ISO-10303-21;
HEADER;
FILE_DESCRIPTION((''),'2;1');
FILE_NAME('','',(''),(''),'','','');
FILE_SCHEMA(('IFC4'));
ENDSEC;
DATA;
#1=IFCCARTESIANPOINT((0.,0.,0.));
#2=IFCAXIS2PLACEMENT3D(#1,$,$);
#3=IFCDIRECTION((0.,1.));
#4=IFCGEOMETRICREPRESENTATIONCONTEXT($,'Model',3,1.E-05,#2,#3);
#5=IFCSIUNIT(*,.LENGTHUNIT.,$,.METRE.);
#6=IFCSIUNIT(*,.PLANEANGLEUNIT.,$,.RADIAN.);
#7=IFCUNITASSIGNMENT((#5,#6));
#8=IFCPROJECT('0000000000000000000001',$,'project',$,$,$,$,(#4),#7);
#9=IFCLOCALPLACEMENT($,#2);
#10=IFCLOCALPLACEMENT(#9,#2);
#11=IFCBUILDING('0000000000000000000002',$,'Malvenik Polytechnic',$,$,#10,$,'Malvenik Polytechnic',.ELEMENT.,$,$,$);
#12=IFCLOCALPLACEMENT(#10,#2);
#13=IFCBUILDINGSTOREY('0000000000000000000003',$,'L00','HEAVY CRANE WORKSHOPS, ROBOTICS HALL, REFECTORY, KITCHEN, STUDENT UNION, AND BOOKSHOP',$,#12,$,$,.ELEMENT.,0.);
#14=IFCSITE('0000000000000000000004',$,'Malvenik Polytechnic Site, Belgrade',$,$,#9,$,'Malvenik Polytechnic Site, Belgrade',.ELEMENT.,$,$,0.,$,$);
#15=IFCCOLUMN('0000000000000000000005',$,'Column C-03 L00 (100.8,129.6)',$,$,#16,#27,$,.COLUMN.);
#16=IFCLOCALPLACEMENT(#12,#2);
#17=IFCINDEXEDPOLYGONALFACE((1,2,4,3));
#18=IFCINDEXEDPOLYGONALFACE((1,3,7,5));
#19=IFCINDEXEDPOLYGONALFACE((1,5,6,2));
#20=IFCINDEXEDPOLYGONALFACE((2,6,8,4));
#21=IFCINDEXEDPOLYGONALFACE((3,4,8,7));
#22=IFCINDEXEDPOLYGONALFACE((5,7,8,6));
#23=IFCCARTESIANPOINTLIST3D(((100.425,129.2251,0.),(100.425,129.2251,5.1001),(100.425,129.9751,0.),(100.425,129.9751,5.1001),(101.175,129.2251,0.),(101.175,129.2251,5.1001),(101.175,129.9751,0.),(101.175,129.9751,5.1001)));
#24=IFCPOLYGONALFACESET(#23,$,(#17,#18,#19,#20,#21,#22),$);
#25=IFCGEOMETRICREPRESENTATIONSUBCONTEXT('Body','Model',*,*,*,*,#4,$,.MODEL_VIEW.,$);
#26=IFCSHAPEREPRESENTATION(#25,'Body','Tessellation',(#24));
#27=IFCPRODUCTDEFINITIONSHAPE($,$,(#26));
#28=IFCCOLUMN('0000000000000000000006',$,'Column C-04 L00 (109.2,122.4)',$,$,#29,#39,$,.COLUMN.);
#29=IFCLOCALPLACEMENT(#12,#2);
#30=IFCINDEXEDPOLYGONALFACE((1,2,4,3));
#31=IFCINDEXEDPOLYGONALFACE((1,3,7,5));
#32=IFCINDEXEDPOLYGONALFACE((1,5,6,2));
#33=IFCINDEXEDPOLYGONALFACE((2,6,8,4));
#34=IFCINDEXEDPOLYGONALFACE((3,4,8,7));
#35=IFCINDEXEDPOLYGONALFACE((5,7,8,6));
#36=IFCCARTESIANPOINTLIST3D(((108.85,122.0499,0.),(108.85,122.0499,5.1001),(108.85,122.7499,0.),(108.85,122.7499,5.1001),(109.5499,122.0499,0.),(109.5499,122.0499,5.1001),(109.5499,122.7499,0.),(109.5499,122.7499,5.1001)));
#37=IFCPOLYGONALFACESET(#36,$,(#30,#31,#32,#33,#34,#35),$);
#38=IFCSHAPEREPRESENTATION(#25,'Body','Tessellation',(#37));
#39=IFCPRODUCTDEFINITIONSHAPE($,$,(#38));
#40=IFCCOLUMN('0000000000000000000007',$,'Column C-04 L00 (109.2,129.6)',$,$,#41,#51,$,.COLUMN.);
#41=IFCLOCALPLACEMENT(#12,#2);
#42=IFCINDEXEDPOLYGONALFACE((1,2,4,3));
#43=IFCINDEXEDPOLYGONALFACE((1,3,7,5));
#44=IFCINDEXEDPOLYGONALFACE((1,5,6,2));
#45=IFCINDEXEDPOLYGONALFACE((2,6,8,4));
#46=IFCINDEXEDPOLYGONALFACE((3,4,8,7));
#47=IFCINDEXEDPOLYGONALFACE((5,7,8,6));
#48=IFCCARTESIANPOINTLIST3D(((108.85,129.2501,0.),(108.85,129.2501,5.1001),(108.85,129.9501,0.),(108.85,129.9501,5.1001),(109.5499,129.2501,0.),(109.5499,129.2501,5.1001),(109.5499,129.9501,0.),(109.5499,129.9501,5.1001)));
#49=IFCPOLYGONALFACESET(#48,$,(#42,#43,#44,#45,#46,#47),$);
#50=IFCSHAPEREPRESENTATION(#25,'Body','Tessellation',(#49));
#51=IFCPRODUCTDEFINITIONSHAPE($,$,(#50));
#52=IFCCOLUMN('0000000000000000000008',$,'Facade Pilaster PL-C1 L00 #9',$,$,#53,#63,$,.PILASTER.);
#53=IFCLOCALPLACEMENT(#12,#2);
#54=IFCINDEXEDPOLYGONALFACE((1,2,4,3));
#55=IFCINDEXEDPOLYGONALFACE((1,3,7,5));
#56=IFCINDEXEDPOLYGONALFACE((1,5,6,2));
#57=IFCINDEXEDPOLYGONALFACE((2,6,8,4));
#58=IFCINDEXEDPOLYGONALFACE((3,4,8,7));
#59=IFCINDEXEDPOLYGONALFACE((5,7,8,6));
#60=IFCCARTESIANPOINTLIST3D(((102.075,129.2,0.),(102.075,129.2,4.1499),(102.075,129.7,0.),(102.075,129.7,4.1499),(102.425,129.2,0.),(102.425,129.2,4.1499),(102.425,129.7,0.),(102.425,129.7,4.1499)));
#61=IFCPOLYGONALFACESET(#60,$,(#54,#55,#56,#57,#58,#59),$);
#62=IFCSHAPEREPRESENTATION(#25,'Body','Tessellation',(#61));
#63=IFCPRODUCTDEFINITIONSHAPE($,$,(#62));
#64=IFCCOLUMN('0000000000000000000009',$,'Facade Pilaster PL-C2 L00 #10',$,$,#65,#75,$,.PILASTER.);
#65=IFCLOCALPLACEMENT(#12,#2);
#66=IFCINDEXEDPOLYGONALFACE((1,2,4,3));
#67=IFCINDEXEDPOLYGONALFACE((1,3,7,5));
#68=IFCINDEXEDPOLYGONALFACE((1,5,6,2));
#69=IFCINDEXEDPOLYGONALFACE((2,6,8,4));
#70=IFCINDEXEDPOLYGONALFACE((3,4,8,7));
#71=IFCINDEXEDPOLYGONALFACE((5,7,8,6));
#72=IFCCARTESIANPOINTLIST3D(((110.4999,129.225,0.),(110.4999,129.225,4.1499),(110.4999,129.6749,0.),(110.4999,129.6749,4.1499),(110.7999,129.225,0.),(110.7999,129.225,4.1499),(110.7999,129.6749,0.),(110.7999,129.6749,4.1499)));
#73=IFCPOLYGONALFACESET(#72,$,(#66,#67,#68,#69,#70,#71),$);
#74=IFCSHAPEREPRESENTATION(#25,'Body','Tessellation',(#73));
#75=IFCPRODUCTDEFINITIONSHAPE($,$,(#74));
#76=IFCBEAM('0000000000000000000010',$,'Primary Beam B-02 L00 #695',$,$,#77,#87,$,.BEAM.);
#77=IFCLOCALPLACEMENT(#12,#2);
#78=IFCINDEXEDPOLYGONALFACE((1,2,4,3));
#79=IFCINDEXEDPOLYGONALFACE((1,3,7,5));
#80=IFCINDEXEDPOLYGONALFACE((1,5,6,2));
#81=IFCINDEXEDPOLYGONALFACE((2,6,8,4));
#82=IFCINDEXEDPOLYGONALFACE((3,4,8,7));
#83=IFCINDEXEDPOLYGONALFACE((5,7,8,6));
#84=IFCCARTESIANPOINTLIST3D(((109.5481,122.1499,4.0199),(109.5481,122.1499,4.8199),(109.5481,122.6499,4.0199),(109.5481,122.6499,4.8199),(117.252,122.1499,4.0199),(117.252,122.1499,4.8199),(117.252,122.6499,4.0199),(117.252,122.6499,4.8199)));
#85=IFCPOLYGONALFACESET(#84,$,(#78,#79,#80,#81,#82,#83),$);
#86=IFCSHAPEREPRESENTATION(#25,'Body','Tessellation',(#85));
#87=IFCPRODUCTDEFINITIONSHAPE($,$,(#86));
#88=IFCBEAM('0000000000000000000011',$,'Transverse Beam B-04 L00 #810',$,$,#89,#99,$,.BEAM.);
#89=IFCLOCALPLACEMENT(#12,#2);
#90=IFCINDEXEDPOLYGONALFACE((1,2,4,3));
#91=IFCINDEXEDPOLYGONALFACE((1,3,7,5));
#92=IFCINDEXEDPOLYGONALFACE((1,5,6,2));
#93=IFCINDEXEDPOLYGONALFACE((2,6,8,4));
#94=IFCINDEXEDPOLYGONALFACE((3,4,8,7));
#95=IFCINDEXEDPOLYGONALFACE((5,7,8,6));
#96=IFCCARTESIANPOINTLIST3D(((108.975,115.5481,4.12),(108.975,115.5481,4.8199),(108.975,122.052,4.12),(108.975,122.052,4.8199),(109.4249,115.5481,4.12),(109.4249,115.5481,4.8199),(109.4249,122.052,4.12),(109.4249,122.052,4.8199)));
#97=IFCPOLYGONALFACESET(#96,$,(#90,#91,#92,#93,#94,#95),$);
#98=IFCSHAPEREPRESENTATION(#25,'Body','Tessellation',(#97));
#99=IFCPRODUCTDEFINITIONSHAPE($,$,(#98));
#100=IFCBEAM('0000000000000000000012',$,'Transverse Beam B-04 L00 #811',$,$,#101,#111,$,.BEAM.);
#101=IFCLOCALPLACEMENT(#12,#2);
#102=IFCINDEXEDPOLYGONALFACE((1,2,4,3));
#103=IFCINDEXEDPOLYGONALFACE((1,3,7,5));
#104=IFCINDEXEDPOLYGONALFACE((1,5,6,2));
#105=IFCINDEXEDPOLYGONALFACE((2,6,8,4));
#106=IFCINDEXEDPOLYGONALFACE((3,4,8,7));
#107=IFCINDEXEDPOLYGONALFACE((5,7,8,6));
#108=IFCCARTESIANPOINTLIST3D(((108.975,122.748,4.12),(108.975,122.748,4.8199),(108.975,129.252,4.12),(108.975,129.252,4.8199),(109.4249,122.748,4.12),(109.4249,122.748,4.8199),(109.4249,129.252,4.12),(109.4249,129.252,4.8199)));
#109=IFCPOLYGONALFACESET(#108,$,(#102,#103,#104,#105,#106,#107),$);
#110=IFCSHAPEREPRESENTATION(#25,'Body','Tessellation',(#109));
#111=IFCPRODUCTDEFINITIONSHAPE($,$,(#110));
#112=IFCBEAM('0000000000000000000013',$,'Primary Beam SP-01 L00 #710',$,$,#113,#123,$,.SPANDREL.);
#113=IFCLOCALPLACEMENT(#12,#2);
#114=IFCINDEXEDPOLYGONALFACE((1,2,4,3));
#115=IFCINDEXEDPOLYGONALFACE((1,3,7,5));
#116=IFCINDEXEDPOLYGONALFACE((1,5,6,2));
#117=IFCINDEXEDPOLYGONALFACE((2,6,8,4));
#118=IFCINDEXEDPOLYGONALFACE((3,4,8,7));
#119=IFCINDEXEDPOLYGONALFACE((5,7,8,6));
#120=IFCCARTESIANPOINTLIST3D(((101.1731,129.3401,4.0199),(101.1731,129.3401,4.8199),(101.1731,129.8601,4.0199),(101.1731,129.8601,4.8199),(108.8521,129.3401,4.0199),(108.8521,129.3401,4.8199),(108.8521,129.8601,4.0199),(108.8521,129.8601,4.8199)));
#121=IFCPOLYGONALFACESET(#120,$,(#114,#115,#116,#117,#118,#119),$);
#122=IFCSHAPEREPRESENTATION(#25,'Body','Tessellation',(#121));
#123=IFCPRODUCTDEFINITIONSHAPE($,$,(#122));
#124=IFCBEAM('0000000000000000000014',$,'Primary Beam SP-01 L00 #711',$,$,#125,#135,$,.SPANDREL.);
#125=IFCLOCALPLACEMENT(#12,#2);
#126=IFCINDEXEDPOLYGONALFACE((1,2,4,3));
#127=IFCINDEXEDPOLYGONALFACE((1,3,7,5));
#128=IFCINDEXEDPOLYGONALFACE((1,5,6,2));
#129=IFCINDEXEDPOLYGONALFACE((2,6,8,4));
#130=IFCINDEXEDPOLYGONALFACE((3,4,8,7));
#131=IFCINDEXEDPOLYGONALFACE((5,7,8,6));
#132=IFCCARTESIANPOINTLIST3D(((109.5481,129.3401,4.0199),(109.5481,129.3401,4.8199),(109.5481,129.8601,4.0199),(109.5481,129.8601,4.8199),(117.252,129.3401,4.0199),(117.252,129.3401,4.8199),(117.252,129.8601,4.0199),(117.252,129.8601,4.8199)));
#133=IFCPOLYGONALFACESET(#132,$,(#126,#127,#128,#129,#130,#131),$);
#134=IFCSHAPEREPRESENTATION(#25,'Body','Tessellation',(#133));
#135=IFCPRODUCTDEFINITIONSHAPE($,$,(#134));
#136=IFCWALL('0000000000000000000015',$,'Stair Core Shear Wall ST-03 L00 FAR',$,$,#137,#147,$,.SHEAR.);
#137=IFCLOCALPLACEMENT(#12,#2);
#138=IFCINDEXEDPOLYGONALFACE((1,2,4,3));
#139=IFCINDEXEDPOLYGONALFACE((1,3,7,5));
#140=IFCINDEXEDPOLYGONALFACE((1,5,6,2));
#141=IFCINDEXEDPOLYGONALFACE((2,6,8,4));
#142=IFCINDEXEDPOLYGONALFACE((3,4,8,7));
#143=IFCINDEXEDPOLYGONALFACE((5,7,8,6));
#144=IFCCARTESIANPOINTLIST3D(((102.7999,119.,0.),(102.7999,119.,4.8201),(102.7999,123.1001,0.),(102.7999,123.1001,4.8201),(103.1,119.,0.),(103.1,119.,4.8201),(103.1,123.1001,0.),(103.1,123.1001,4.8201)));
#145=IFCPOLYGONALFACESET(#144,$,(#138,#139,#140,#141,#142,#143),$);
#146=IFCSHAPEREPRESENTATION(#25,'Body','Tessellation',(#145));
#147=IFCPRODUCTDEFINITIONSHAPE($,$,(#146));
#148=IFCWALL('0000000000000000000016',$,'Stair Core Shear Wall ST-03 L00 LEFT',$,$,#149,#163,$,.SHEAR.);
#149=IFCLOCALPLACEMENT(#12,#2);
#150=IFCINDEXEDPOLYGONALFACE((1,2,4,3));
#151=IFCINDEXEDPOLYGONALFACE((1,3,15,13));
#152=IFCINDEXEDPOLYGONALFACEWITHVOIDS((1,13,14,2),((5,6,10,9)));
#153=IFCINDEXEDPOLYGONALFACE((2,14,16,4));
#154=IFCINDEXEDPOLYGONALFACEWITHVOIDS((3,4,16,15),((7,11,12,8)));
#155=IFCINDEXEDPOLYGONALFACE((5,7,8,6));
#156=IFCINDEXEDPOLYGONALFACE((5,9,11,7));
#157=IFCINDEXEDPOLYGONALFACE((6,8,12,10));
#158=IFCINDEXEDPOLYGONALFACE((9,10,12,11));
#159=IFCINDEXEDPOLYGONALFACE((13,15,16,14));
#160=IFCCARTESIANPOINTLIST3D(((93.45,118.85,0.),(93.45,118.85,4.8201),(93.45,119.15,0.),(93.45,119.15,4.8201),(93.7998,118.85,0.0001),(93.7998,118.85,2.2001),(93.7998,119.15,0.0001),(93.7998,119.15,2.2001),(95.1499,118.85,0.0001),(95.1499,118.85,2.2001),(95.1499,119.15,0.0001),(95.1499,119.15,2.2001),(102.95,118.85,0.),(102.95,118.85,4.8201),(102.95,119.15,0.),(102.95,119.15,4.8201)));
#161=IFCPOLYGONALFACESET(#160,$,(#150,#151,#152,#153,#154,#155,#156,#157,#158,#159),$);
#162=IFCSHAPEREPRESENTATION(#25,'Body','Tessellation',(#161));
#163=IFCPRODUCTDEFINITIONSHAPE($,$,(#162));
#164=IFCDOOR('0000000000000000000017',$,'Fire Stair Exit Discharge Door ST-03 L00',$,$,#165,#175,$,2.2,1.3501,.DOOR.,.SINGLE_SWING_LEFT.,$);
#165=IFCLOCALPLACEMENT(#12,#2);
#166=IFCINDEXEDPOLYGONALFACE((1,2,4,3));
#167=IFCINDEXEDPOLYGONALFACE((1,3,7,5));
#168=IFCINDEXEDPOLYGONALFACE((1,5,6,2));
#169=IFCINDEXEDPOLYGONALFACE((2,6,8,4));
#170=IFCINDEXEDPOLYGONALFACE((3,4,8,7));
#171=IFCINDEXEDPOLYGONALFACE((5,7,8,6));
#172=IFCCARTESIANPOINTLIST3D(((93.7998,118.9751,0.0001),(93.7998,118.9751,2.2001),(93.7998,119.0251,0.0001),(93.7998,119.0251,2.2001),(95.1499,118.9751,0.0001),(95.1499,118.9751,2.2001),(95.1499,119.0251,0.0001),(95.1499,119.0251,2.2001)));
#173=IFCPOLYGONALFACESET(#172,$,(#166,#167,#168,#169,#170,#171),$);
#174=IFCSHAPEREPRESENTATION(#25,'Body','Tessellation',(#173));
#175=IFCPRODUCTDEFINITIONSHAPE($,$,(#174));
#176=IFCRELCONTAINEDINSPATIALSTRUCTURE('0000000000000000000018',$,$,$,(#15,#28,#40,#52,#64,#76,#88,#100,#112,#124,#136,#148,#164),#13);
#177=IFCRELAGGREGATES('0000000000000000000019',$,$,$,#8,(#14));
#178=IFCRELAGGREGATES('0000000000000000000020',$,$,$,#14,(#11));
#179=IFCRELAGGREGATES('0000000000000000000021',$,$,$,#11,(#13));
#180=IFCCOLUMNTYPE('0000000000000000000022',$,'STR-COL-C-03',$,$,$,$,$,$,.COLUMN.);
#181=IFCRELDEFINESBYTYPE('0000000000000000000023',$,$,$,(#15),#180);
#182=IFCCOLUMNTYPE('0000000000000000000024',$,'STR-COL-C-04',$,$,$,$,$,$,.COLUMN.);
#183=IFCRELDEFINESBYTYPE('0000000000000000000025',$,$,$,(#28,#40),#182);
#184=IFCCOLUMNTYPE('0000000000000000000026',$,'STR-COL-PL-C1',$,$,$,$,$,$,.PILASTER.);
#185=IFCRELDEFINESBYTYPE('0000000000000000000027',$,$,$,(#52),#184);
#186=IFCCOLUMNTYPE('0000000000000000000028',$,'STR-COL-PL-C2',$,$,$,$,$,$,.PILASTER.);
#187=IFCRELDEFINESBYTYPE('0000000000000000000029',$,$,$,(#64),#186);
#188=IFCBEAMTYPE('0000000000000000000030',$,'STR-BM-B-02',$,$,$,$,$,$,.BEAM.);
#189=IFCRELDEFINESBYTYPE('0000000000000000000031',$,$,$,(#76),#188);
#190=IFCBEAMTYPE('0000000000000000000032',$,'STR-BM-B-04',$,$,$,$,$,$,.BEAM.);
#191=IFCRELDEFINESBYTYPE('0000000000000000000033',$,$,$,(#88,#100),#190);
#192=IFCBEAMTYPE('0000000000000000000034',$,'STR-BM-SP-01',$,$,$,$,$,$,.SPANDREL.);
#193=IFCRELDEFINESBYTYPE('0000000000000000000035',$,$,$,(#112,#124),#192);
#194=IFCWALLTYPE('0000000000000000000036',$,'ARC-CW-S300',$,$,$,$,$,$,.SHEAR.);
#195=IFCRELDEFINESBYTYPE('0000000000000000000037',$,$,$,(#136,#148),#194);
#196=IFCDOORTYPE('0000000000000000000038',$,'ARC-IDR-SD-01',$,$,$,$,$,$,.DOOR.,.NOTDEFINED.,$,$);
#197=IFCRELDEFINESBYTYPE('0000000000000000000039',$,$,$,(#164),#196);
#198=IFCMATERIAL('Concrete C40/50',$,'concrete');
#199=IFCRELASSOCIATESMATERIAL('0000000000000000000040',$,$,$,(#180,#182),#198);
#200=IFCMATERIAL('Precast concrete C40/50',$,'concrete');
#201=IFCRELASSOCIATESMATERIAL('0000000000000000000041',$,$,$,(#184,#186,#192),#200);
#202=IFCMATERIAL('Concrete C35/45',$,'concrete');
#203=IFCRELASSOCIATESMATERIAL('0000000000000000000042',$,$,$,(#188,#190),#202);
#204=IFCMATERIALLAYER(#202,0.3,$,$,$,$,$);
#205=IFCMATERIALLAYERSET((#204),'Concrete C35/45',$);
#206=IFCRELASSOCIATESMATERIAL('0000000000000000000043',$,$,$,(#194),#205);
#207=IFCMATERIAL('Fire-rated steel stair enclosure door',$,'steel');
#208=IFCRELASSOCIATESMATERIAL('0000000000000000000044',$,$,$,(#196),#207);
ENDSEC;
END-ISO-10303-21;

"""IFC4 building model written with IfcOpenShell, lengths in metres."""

from ifc_helpers import new_model, si_unit, direction, frame, frame_2d, origin, origin_2d, place, context, subcontext, project, spatial, rectangle, extrude, material, layer, layer_set, material_profile, profile_set, type_object, element, fill, save


model = new_model("IFC4")

# Units and contexts
model_context = context("Model", 3, precision=1e-05, world=origin(), true_north=direction((0.0, 1.0)))
body_context = subcontext(model_context, "Body", "Model", "MODEL_VIEW")
ifc_project = project(units=[si_unit("LENGTHUNIT", "METRE"), si_unit("PLANEANGLEUNIT", "RADIAN")], contexts=[model_context])

# Site, building, storey
site_placement = place(None, origin())
site = spatial("IfcSite", under=ifc_project, at=site_placement, Name="Malvenik Polytechnic Site, Belgrade", LongName="Malvenik Polytechnic Site, Belgrade", CompositionType="ELEMENT", RefElevation=0.0)
building_placement = place(site_placement, origin())
building = spatial("IfcBuilding", under=site, at=building_placement, Name="Malvenik Polytechnic", LongName="Malvenik Polytechnic", CompositionType="ELEMENT")
storey_placement = place(building_placement, origin())
storey = spatial("IfcBuildingStorey", under=building, at=storey_placement, Name="L00", Description="HEAVY CRANE WORKSHOPS, ROBOTICS HALL, REFECTORY, KITCHEN, STUDENT UNION, AND BOOKSHOP", CompositionType="ELEMENT", Elevation=0.0)

# Columns
ifc_material_1 = material(Name="Concrete C40/50", Category="concrete")
ifc_material_profile_1 = material_profile(ifc_material_1, rectangle(XDim=0.75, YDim=0.75, at=origin_2d()), Name="RC COL 750x750")
ifc_profile_set_1 = profile_set([ifc_material_profile_1], Name="Concrete C40/50")
column_type_1 = type_object("IfcColumnType", Name="STR-COL-C-03", PredefinedType="COLUMN", material=ifc_profile_set_1)
column_1_placement = place(storey_placement, frame((100.8, 129.6001, 0.0), z_axis=(0.0, 0.0, 1.0), x_axis=(1.0, 0.0, 0.0)))
element("IfcColumn", 1, at=column_1_placement, inside=storey, type_object=column_type_1, Name="Column C-03 L00 (100.8,129.6)", PredefinedType="COLUMN", context=body_context, shape_type="SweptSolid", body=[
    extrude(rectangle(XDim=0.75, YDim=0.75, at=origin_2d()), origin(), (0.0, 0.0, 1.0), 5.1001),
])
ifc_material_profile_2 = material_profile(ifc_material_1, rectangle(XDim=0.7, YDim=0.7, at=origin_2d()), Name="RC COL 700x700")
ifc_profile_set_2 = profile_set([ifc_material_profile_2], Name="Concrete C40/50")
column_type_2 = type_object("IfcColumnType", Name="STR-COL-C-04", PredefinedType="COLUMN", material=ifc_profile_set_2)
for number, where, z_axis, x_axis, name in (
    (2, (109.2, 122.3999, 0.0), (0.0, 0.0, 1.0), (1.0, 0.0, 0.0), "Column C-04 L00 (109.2,122.4)"),
    (3, (109.2, 129.6001, 0.0), (0.0, 0.0, 1.0), (1.0, 0.0, 0.0), "Column C-04 L00 (109.2,129.6)"),
):
    element("IfcColumn", number, at=place(storey_placement, frame(where, z_axis=z_axis, x_axis=x_axis)), inside=storey, type_object=column_type_2, Name=name, PredefinedType="COLUMN", context=body_context, shape_type="SweptSolid", body=[
        extrude(rectangle(XDim=0.7, YDim=0.7, at=origin_2d()), origin(), (0.0, 0.0, 1.0), 5.1001),
    ])
ifc_material_2 = material(Name="Precast concrete C40/50", Category="concrete")
ifc_material_profile_3 = material_profile(ifc_material_2, rectangle(XDim=0.3501, YDim=0.5, at=origin_2d()), Name="RC PIL 500x350")
ifc_profile_set_3 = profile_set([ifc_material_profile_3], Name="Precast concrete C40/50")
column_type_3 = type_object("IfcColumnType", Name="STR-COL-PL-C1", PredefinedType="PILASTER", material=ifc_profile_set_3)
column_2_placement = place(storey_placement, frame((102.25, 129.45, 0.0), z_axis=(0.0, 0.0, 1.0), x_axis=(1.0, 0.0, 0.0)))
element("IfcColumn", 4, at=column_2_placement, inside=storey, type_object=column_type_3, Name="Facade Pilaster PL-C1 L00 #9", PredefinedType="PILASTER", context=body_context, shape_type="SweptSolid", body=[
    extrude(rectangle(XDim=0.3501, YDim=0.5, at=origin_2d()), origin(), (0.0, 0.0, 1.0), 4.1499),
])
ifc_material_profile_4 = material_profile(ifc_material_2, rectangle(XDim=0.3, YDim=0.45, at=origin_2d()), Name="RC PIL 450x300")
ifc_profile_set_4 = profile_set([ifc_material_profile_4], Name="Precast concrete C40/50")
column_type_4 = type_object("IfcColumnType", Name="STR-COL-PL-C2", PredefinedType="PILASTER", material=ifc_profile_set_4)
column_3_placement = place(storey_placement, frame((110.6499, 129.45, 0.0), z_axis=(0.0, 0.0, 1.0), x_axis=(1.0, 0.0, 0.0)))
element("IfcColumn", 5, at=column_3_placement, inside=storey, type_object=column_type_4, Name="Facade Pilaster PL-C2 L00 #10", PredefinedType="PILASTER", context=body_context, shape_type="SweptSolid", body=[
    extrude(rectangle(XDim=0.3, YDim=0.45, at=origin_2d()), origin(), (0.0, 0.0, 1.0), 4.1499),
])

# Beams
ifc_material_3 = material(Name="Concrete C35/45", Category="concrete")
ifc_material_profile_5 = material_profile(ifc_material_3, rectangle(XDim=0.5, YDim=0.8, at=origin_2d()), Name="RC BM 500x800")
ifc_profile_set_5 = profile_set([ifc_material_profile_5], Name="Concrete C35/45")
beam_type_1 = type_object("IfcBeamType", Name="STR-BM-B-02", PredefinedType="BEAM", material=ifc_profile_set_5)
beam_1_placement = place(storey_placement, frame((109.5481, 122.3999, 4.4199), z_axis=(1.0, 0.0, 0.0), x_axis=(0.0, 1.0, 0.0)))
element("IfcBeam", 6, at=beam_1_placement, inside=storey, type_object=beam_type_1, Name="Primary Beam B-02 L00 #695", PredefinedType="BEAM", context=body_context, shape_type="SweptSolid", body=[
    extrude(rectangle(XDim=0.5, YDim=0.8, at=origin_2d()), origin(), (0.0, 0.0, 1.0), 7.7039),
])
ifc_material_profile_6 = material_profile(ifc_material_3, rectangle(XDim=0.45, YDim=0.7, at=origin_2d()), Name="RC BM 450x700")
ifc_profile_set_6 = profile_set([ifc_material_profile_6], Name="Concrete C35/45")
beam_type_2 = type_object("IfcBeamType", Name="STR-BM-B-04", PredefinedType="BEAM", material=ifc_profile_set_6)
for number, where, z_axis, x_axis, name in (
    (7, (109.2, 115.5481, 4.47), (0.0, 1.0, 0.0), (-1.0, 0.0, 0.0), "Transverse Beam B-04 L00 #810"),
    (8, (109.2, 122.748, 4.47), (0.0, 1.0, 0.0), (-1.0, 0.0, 0.0), "Transverse Beam B-04 L00 #811"),
):
    element("IfcBeam", number, at=place(storey_placement, frame(where, z_axis=z_axis, x_axis=x_axis)), inside=storey, type_object=beam_type_2, Name=name, PredefinedType="BEAM", context=body_context, shape_type="SweptSolid", body=[
        extrude(rectangle(XDim=0.45, YDim=0.7, at=origin_2d()), origin(), (0.0, 0.0, 1.0), 6.5039),
    ])
ifc_material_profile_7 = material_profile(ifc_material_2, rectangle(XDim=0.52, YDim=0.8, at=origin_2d()), Name="PC SPN 520x800")
ifc_profile_set_7 = profile_set([ifc_material_profile_7], Name="Precast concrete C40/50")
beam_type_3 = type_object("IfcBeamType", Name="STR-BM-SP-01", PredefinedType="SPANDREL", material=ifc_profile_set_7)
beam_2_placement = place(storey_placement, frame((101.1731, 129.6001, 4.4199), z_axis=(1.0, 0.0, 0.0), x_axis=(0.0, 1.0, 0.0)))
element("IfcBeam", 9, at=beam_2_placement, inside=storey, type_object=beam_type_3, Name="Primary Beam SP-01 L00 #710", PredefinedType="SPANDREL", context=body_context, shape_type="SweptSolid", body=[
    extrude(rectangle(XDim=0.52, YDim=0.8, at=origin_2d()), origin(), (0.0, 0.0, 1.0), 7.679),
])
beam_3_placement = place(storey_placement, frame((109.5481, 129.6001, 4.4199), z_axis=(1.0, 0.0, 0.0), x_axis=(0.0, 1.0, 0.0)))
element("IfcBeam", 10, at=beam_3_placement, inside=storey, type_object=beam_type_3, Name="Primary Beam SP-01 L00 #711", PredefinedType="SPANDREL", context=body_context, shape_type="SweptSolid", body=[
    extrude(rectangle(XDim=0.52, YDim=0.8, at=origin_2d()), origin(), (0.0, 0.0, 1.0), 7.7039),
])

# Wall
ifc_layer_1 = layer(ifc_material_3, 0.3)
ifc_layer_set_1 = layer_set([ifc_layer_1], Name="Concrete C35/45")
wall_type_1 = type_object("IfcWallType", Name="ARC-CW-S300", PredefinedType="SHEAR", material=ifc_layer_set_1)
wall_1_placement = place(storey_placement, frame((102.95, 123.1001, 0.0), z_axis=(0.0, 0.0, 1.0), x_axis=(0.0, -1.0, 0.0)))
element("IfcWall", 11, at=wall_1_placement, inside=storey, type_object=wall_type_1, Name="Stair Core Shear Wall ST-03 L00 FAR", PredefinedType="SHEAR", context=body_context, shape_type="SweptSolid", body=[
    extrude(rectangle(XDim=4.1001, YDim=0.3, at=frame_2d((2.05, 0.0))), origin(), (0.0, 0.0, 1.0), 4.8201),
])

# Wall, opening, door
wall_2_placement = place(storey_placement, frame((102.95, 119.0, 0.0), z_axis=(0.0, 0.0, 1.0), x_axis=(-1.0, 0.0, 0.0)))
wall_2 = element("IfcWall", 12, at=wall_2_placement, inside=storey, type_object=wall_type_1, Name="Stair Core Shear Wall ST-03 L00 LEFT", PredefinedType="SHEAR", context=body_context, shape_type="SweptSolid", body=[
    extrude(rectangle(XDim=9.5, YDim=0.3, at=frame_2d((4.75, 0.0))), origin(), (0.0, 0.0, 1.0), 4.8201),
])
opening_1_placement = place(wall_2_placement, frame((7.8, 0.0, 0.0)))
opening_1 = element("IfcOpeningElement", 13, at=opening_1_placement, cuts=wall_2, PredefinedType="OPENING", context=body_context, shape_type="SweptSolid", body=[
    extrude(rectangle(XDim=1.3501, YDim=2.2, at=frame_2d((0.675, 1.1001))), frame((0.0, 0.1602, 0.0), z_axis=(0.0, -1.0, 0.0), x_axis=(1.0, 0.0, 0.0)), (0.0, 0.0, 1.0), 0.3201),
])
ifc_material_4 = material(Name="Fire-rated steel stair enclosure door", Category="steel")
door_type_1 = type_object("IfcDoorType", Name="ARC-IDR-SD-01", OperationType="NOTDEFINED", PredefinedType="DOOR", material=ifc_material_4)
door_1_placement = place(opening_1_placement, origin())
door_1 = element("IfcDoor", 14, at=door_1_placement, inside=storey, type_object=door_type_1, Name="Fire Stair Exit Discharge Door ST-03 L00", OperationType="SINGLE_SWING_LEFT", OverallHeight=2.2, OverallWidth=1.3501, PredefinedType="DOOR", context=body_context, shape_type="SweptSolid", body=[
    extrude(rectangle(XDim=1.3501, YDim=2.2, at=frame_2d((0.675, 1.1001))), frame((0.0, 0.0249, 0.0), z_axis=(0.0, -1.0, 0.0), x_axis=(1.0, 0.0, 0.0)), (0.0, 0.0, 1.0), 0.05),
])
fill(opening_1, door_1)

save(model, "model.ifc")
